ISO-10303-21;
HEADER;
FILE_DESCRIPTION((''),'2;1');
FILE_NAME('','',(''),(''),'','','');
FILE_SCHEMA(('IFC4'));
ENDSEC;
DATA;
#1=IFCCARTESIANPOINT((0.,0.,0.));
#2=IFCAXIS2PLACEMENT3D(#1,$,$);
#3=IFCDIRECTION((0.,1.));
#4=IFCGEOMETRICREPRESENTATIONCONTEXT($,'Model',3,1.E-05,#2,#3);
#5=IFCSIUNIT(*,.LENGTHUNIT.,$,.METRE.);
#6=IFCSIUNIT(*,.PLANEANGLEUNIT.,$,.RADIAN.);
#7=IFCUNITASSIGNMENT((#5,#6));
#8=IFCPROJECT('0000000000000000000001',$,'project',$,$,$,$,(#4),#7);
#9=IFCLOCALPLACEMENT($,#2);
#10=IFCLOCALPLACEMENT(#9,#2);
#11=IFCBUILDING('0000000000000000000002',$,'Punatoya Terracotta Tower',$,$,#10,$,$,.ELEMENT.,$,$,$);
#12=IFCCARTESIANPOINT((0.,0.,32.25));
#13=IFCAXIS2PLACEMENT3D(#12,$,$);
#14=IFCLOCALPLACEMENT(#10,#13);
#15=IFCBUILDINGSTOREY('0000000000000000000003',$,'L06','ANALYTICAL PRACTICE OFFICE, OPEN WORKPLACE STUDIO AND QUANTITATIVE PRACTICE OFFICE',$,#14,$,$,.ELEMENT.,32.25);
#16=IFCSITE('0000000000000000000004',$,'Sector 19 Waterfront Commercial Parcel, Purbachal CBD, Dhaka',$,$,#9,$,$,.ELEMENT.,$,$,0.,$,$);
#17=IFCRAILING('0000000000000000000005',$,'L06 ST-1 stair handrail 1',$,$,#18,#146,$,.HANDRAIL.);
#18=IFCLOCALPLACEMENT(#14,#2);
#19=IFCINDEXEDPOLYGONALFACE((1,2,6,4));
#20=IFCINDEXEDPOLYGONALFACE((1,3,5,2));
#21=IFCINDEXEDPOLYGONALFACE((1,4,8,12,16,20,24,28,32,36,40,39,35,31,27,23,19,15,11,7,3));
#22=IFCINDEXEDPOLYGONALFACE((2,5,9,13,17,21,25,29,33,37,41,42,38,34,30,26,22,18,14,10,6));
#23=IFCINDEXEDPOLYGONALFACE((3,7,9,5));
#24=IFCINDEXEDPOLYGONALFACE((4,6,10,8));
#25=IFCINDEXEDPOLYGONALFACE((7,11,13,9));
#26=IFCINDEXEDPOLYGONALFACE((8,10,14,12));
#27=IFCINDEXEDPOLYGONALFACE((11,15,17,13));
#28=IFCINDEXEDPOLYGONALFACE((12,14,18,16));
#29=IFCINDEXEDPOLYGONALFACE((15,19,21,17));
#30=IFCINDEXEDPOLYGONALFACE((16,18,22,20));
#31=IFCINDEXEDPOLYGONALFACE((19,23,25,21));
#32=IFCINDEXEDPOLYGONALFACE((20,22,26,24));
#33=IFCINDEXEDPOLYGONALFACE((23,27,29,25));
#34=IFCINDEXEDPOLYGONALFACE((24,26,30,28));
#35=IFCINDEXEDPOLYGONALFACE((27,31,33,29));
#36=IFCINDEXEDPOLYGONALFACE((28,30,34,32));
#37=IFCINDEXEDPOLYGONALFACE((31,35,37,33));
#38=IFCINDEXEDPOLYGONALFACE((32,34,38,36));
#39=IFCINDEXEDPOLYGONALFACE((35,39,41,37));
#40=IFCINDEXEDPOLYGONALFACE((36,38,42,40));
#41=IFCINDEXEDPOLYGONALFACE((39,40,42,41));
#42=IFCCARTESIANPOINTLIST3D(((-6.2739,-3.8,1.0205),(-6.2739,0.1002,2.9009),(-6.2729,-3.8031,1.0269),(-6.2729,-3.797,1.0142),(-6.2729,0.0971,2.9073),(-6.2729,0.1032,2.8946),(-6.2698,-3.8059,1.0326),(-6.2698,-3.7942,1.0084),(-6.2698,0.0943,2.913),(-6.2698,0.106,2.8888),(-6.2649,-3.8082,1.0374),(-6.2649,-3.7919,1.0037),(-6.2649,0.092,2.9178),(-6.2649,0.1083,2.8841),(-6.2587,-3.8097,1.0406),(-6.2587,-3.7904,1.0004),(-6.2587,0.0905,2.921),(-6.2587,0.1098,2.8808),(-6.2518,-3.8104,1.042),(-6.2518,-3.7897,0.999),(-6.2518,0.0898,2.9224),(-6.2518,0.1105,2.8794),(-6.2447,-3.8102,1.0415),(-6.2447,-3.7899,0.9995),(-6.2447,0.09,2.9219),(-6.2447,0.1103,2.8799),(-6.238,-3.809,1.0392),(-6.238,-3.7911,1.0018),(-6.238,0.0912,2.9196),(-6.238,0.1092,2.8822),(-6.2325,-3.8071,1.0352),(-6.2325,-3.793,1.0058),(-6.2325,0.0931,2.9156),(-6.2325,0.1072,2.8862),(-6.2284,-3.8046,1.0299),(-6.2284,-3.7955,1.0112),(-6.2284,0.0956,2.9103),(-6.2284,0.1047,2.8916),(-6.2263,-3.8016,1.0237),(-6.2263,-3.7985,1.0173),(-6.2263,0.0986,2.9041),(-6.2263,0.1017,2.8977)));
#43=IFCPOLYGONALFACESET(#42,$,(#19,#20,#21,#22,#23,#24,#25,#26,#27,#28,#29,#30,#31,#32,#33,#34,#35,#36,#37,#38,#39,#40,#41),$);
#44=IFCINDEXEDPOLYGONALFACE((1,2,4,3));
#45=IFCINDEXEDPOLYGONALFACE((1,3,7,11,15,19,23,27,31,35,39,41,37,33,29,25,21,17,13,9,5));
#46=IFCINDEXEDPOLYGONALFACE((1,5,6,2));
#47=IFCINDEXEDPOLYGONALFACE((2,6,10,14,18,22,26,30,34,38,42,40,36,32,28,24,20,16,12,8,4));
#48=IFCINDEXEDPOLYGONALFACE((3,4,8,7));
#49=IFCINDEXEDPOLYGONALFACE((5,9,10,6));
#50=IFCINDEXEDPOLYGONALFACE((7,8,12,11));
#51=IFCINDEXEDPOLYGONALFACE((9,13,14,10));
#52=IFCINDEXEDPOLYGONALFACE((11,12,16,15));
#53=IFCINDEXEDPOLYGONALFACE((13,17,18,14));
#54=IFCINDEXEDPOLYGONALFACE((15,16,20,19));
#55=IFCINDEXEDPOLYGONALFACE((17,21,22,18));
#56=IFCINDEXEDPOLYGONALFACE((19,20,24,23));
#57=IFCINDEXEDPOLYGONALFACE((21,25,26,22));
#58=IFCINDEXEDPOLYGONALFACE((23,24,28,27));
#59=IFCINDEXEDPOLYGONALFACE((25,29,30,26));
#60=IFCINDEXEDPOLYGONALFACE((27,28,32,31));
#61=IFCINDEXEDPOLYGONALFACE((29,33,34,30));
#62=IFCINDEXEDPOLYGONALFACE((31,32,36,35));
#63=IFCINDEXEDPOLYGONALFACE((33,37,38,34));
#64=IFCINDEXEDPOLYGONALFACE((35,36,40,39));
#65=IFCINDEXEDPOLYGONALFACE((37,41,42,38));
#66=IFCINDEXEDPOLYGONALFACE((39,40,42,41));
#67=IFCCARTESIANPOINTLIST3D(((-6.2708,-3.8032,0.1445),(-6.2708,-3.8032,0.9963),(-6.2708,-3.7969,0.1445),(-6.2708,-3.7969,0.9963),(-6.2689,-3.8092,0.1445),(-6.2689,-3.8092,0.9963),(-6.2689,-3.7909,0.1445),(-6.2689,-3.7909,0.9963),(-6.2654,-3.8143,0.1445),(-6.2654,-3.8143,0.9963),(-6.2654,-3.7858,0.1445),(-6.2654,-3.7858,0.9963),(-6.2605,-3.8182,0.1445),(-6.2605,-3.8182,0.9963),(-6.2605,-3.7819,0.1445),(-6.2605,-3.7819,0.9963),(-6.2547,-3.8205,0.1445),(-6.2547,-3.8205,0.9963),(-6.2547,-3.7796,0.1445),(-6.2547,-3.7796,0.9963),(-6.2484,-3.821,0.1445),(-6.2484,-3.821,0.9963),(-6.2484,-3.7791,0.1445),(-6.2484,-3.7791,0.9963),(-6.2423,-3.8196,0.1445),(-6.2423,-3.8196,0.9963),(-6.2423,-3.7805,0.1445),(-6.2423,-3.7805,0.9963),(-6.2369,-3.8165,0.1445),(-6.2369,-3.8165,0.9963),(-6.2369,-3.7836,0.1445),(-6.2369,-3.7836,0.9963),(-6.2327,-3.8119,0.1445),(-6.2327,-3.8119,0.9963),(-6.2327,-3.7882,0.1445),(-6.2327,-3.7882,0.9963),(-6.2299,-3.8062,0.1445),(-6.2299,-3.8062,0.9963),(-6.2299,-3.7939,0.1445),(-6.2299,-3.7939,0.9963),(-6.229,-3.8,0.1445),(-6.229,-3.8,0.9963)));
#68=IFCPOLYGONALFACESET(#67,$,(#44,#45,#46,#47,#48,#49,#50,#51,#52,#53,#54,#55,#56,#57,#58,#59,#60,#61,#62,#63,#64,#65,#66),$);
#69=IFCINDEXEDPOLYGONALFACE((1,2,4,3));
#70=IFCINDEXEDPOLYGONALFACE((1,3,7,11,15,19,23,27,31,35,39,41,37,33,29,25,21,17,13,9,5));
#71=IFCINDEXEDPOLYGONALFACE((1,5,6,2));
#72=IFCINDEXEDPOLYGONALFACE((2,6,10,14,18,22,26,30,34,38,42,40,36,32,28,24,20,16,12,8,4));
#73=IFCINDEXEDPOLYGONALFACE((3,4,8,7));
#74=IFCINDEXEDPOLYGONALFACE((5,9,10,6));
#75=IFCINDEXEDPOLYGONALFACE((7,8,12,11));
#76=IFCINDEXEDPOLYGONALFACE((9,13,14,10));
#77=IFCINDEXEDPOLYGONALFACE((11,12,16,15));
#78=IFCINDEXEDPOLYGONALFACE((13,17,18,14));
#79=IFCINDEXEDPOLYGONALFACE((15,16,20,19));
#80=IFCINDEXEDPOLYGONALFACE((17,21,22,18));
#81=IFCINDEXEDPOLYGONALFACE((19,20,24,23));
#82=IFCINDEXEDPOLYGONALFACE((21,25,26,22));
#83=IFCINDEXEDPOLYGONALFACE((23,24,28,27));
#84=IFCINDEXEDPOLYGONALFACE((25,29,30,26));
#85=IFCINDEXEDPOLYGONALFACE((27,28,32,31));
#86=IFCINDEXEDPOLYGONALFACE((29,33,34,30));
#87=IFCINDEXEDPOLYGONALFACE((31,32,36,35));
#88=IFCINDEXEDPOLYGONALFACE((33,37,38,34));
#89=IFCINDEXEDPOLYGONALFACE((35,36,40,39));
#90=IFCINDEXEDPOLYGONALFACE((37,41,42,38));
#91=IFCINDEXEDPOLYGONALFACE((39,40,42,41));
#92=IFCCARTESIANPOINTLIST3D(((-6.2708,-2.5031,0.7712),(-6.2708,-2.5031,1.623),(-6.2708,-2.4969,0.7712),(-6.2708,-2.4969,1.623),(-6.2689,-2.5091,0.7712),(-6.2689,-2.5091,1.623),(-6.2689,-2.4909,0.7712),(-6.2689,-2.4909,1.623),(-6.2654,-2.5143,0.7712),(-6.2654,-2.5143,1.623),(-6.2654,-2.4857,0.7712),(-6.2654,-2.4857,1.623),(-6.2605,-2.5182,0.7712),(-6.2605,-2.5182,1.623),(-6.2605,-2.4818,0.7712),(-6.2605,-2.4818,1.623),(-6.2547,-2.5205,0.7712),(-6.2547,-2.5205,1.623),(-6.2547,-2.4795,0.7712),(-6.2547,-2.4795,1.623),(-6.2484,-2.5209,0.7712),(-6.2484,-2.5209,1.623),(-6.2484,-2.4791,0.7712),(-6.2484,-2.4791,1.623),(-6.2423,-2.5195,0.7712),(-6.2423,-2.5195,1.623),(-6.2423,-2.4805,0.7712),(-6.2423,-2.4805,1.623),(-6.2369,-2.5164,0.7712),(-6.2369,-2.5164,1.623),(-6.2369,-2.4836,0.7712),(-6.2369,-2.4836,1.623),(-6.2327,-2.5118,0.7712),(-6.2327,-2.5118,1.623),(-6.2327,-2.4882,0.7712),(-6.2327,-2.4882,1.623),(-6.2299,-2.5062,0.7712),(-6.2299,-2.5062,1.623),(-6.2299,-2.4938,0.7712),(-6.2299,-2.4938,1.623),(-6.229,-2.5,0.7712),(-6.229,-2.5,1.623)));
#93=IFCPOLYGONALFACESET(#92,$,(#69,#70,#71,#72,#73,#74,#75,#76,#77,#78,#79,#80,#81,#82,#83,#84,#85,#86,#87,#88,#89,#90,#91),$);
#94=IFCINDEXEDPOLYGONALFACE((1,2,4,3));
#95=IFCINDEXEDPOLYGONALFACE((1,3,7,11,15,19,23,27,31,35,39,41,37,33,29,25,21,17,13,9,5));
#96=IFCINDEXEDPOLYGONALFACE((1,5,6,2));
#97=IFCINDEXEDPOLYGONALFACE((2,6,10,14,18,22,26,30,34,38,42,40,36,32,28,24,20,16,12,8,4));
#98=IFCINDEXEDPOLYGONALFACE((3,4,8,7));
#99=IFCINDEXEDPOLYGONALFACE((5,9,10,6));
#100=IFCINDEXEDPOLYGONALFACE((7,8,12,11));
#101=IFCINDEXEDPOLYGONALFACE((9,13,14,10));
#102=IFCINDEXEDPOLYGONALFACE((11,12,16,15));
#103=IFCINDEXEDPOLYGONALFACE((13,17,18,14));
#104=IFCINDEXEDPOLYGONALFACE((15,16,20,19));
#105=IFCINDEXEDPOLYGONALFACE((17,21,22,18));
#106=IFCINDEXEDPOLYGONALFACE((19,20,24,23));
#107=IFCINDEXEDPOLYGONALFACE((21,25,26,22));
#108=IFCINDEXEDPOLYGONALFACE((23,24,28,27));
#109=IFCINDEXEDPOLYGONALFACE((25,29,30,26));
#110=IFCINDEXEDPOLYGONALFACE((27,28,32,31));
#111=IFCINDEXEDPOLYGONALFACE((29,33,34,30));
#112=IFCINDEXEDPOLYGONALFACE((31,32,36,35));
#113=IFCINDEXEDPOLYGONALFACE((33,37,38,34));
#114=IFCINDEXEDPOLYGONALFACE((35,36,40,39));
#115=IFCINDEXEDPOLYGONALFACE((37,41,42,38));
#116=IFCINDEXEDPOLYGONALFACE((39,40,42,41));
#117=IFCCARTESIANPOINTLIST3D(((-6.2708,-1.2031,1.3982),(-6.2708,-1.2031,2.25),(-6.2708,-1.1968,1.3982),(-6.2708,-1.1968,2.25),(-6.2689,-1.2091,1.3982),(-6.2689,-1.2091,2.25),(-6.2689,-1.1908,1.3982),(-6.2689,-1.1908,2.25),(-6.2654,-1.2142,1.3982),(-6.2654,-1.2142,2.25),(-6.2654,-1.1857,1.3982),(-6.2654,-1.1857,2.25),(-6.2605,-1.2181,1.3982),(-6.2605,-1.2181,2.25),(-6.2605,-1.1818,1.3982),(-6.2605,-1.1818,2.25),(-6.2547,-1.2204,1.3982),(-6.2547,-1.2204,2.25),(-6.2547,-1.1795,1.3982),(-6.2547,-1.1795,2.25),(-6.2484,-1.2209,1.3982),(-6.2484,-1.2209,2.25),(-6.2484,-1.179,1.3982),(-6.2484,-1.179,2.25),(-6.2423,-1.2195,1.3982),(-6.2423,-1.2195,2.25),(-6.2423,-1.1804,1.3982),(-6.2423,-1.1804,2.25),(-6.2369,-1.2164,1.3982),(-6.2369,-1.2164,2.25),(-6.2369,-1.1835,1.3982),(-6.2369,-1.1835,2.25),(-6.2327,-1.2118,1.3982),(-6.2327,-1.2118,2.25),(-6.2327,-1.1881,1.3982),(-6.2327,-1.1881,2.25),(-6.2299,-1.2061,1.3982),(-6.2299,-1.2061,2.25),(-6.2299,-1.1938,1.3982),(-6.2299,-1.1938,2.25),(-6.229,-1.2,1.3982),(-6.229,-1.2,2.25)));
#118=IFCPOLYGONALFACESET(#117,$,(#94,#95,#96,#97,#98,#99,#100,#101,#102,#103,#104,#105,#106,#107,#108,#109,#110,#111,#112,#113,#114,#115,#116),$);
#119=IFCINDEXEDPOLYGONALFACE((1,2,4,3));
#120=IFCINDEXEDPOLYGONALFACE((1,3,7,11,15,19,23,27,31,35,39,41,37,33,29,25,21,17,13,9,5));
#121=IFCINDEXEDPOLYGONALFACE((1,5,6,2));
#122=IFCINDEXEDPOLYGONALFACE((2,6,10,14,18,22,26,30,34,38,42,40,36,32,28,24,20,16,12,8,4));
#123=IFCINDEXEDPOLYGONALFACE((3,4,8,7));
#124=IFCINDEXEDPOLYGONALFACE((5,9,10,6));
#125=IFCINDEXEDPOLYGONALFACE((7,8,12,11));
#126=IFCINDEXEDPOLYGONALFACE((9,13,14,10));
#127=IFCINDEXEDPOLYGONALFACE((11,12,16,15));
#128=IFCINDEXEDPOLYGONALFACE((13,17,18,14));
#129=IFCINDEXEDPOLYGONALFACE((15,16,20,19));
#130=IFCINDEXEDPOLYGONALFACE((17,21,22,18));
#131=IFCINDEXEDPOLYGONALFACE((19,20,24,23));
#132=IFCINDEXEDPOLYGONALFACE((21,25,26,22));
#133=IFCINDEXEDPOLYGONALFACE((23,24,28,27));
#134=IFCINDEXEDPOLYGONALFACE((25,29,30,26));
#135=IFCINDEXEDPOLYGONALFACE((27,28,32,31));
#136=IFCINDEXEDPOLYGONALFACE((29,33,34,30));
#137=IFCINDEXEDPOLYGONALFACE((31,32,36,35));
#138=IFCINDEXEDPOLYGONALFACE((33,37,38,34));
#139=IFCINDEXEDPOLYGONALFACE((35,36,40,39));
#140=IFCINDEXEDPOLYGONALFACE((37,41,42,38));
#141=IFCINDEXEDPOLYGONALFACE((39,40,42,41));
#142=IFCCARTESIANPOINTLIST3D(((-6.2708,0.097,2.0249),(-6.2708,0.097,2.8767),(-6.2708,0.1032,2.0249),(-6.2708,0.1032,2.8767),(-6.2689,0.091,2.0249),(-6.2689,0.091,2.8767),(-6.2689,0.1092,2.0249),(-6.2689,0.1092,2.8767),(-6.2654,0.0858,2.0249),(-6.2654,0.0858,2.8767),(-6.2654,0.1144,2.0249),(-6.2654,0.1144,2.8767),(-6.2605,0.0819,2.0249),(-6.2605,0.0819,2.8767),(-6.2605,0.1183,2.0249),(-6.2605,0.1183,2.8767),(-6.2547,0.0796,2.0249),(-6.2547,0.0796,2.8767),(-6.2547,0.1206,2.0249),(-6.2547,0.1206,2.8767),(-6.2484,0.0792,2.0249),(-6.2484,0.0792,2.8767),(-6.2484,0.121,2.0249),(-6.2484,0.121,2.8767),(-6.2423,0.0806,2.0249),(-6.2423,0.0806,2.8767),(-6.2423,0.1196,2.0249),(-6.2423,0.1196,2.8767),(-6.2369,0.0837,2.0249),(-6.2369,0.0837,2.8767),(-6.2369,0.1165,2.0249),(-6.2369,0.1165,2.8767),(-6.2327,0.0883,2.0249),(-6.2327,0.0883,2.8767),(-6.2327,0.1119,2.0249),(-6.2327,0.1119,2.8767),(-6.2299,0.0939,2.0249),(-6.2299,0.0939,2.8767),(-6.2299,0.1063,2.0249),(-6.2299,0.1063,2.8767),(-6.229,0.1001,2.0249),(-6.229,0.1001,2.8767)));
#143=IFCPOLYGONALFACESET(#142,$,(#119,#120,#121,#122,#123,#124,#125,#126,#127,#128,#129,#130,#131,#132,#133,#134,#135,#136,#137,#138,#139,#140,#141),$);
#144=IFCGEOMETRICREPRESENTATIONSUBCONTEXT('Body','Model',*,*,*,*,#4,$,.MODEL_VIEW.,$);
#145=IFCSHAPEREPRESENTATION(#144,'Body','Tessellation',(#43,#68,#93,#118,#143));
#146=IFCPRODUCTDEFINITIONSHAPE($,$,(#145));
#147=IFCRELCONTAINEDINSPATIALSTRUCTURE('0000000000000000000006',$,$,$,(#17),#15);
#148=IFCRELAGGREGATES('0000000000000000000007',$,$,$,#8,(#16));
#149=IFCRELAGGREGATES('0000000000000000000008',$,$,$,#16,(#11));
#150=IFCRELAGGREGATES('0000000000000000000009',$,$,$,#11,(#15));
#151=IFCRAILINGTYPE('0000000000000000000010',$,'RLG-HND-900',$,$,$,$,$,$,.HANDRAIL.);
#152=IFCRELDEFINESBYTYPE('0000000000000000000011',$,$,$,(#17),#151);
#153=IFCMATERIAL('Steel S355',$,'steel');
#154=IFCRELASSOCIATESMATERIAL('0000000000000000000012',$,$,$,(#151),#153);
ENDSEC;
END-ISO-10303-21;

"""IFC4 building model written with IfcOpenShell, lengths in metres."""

from ifc_helpers import new_model, si_unit, direction, frame, origin, origin_2d, place, context, subcontext, project, spatial, circle, extrude, material, type_object, element, save


model = new_model("IFC4")

# Units and contexts
model_context = context("Model", 3, precision=1e-05, world=origin(), true_north=direction((0.0, 1.0)))
body_context = subcontext(model_context, "Body", "Model", "MODEL_VIEW")
ifc_project = project(units=[si_unit("LENGTHUNIT", "METRE"), si_unit("PLANEANGLEUNIT", "RADIAN")], contexts=[model_context])

# Site, building, storey
site_placement = place(None, origin())
site = spatial("IfcSite", under=ifc_project, at=site_placement, Name="Sector 19 Waterfront Commercial Parcel, Purbachal CBD, Dhaka", CompositionType="ELEMENT", RefElevation=0.0)
building_placement = place(site_placement, origin())
building = spatial("IfcBuilding", under=site, at=building_placement, Name="Punatoya Terracotta Tower", CompositionType="ELEMENT")
storey_placement = place(building_placement, frame((0.0, 0.0, 32.25)))
storey = spatial("IfcBuildingStorey", under=building, at=storey_placement, Name="L06", Description="ANALYTICAL PRACTICE OFFICE, OPEN WORKPLACE STUDIO AND QUANTITATIVE PRACTICE OFFICE", CompositionType="ELEMENT", Elevation=32.25)

# Shared definitions
ifc_material_1 = material(Name="Steel S355", Category="steel")

# Railing
railing_type_1 = type_object("IfcRailingType", Name="RLG-HND-900", PredefinedType="HANDRAIL", material=ifc_material_1)
railing_1_placement = place(storey_placement, frame((-6.25, -3.8, 0.1445)))
element("IfcRailing", 1, at=railing_1_placement, inside=storey, type_object=railing_type_1, Name="L06 ST-1 stair handrail 1", PredefinedType="HANDRAIL", context=body_context, shape_type="SweptSolid", body=[
    extrude(circle(Radius=0.0239, at=origin_2d()), frame((0.0, 0.0, 0.876), z_axis=(0.0, 0.900774, 0.434289), x_axis=(-1.0, 0.0, 0.0)), (0.0, 0.0, 1.0), 4.3298),
    extrude(circle(Radius=0.021, at=origin_2d()), origin(), (0.0, 0.0, 1.0), 0.8518),
    extrude(circle(Radius=0.021, at=origin_2d()), frame((0.0, 1.3, 0.6267)), (0.0, 0.0, 1.0), 0.8518),
    extrude(circle(Radius=0.021, at=origin_2d()), frame((0.0, 2.6001, 1.2537)), (0.0, 0.0, 1.0), 0.8518),
    extrude(circle(Radius=0.021, at=origin_2d()), frame((0.0, 3.9001, 1.8804)), (0.0, 0.0, 1.0), 0.8518),
])

save(model, "model.ifc")
